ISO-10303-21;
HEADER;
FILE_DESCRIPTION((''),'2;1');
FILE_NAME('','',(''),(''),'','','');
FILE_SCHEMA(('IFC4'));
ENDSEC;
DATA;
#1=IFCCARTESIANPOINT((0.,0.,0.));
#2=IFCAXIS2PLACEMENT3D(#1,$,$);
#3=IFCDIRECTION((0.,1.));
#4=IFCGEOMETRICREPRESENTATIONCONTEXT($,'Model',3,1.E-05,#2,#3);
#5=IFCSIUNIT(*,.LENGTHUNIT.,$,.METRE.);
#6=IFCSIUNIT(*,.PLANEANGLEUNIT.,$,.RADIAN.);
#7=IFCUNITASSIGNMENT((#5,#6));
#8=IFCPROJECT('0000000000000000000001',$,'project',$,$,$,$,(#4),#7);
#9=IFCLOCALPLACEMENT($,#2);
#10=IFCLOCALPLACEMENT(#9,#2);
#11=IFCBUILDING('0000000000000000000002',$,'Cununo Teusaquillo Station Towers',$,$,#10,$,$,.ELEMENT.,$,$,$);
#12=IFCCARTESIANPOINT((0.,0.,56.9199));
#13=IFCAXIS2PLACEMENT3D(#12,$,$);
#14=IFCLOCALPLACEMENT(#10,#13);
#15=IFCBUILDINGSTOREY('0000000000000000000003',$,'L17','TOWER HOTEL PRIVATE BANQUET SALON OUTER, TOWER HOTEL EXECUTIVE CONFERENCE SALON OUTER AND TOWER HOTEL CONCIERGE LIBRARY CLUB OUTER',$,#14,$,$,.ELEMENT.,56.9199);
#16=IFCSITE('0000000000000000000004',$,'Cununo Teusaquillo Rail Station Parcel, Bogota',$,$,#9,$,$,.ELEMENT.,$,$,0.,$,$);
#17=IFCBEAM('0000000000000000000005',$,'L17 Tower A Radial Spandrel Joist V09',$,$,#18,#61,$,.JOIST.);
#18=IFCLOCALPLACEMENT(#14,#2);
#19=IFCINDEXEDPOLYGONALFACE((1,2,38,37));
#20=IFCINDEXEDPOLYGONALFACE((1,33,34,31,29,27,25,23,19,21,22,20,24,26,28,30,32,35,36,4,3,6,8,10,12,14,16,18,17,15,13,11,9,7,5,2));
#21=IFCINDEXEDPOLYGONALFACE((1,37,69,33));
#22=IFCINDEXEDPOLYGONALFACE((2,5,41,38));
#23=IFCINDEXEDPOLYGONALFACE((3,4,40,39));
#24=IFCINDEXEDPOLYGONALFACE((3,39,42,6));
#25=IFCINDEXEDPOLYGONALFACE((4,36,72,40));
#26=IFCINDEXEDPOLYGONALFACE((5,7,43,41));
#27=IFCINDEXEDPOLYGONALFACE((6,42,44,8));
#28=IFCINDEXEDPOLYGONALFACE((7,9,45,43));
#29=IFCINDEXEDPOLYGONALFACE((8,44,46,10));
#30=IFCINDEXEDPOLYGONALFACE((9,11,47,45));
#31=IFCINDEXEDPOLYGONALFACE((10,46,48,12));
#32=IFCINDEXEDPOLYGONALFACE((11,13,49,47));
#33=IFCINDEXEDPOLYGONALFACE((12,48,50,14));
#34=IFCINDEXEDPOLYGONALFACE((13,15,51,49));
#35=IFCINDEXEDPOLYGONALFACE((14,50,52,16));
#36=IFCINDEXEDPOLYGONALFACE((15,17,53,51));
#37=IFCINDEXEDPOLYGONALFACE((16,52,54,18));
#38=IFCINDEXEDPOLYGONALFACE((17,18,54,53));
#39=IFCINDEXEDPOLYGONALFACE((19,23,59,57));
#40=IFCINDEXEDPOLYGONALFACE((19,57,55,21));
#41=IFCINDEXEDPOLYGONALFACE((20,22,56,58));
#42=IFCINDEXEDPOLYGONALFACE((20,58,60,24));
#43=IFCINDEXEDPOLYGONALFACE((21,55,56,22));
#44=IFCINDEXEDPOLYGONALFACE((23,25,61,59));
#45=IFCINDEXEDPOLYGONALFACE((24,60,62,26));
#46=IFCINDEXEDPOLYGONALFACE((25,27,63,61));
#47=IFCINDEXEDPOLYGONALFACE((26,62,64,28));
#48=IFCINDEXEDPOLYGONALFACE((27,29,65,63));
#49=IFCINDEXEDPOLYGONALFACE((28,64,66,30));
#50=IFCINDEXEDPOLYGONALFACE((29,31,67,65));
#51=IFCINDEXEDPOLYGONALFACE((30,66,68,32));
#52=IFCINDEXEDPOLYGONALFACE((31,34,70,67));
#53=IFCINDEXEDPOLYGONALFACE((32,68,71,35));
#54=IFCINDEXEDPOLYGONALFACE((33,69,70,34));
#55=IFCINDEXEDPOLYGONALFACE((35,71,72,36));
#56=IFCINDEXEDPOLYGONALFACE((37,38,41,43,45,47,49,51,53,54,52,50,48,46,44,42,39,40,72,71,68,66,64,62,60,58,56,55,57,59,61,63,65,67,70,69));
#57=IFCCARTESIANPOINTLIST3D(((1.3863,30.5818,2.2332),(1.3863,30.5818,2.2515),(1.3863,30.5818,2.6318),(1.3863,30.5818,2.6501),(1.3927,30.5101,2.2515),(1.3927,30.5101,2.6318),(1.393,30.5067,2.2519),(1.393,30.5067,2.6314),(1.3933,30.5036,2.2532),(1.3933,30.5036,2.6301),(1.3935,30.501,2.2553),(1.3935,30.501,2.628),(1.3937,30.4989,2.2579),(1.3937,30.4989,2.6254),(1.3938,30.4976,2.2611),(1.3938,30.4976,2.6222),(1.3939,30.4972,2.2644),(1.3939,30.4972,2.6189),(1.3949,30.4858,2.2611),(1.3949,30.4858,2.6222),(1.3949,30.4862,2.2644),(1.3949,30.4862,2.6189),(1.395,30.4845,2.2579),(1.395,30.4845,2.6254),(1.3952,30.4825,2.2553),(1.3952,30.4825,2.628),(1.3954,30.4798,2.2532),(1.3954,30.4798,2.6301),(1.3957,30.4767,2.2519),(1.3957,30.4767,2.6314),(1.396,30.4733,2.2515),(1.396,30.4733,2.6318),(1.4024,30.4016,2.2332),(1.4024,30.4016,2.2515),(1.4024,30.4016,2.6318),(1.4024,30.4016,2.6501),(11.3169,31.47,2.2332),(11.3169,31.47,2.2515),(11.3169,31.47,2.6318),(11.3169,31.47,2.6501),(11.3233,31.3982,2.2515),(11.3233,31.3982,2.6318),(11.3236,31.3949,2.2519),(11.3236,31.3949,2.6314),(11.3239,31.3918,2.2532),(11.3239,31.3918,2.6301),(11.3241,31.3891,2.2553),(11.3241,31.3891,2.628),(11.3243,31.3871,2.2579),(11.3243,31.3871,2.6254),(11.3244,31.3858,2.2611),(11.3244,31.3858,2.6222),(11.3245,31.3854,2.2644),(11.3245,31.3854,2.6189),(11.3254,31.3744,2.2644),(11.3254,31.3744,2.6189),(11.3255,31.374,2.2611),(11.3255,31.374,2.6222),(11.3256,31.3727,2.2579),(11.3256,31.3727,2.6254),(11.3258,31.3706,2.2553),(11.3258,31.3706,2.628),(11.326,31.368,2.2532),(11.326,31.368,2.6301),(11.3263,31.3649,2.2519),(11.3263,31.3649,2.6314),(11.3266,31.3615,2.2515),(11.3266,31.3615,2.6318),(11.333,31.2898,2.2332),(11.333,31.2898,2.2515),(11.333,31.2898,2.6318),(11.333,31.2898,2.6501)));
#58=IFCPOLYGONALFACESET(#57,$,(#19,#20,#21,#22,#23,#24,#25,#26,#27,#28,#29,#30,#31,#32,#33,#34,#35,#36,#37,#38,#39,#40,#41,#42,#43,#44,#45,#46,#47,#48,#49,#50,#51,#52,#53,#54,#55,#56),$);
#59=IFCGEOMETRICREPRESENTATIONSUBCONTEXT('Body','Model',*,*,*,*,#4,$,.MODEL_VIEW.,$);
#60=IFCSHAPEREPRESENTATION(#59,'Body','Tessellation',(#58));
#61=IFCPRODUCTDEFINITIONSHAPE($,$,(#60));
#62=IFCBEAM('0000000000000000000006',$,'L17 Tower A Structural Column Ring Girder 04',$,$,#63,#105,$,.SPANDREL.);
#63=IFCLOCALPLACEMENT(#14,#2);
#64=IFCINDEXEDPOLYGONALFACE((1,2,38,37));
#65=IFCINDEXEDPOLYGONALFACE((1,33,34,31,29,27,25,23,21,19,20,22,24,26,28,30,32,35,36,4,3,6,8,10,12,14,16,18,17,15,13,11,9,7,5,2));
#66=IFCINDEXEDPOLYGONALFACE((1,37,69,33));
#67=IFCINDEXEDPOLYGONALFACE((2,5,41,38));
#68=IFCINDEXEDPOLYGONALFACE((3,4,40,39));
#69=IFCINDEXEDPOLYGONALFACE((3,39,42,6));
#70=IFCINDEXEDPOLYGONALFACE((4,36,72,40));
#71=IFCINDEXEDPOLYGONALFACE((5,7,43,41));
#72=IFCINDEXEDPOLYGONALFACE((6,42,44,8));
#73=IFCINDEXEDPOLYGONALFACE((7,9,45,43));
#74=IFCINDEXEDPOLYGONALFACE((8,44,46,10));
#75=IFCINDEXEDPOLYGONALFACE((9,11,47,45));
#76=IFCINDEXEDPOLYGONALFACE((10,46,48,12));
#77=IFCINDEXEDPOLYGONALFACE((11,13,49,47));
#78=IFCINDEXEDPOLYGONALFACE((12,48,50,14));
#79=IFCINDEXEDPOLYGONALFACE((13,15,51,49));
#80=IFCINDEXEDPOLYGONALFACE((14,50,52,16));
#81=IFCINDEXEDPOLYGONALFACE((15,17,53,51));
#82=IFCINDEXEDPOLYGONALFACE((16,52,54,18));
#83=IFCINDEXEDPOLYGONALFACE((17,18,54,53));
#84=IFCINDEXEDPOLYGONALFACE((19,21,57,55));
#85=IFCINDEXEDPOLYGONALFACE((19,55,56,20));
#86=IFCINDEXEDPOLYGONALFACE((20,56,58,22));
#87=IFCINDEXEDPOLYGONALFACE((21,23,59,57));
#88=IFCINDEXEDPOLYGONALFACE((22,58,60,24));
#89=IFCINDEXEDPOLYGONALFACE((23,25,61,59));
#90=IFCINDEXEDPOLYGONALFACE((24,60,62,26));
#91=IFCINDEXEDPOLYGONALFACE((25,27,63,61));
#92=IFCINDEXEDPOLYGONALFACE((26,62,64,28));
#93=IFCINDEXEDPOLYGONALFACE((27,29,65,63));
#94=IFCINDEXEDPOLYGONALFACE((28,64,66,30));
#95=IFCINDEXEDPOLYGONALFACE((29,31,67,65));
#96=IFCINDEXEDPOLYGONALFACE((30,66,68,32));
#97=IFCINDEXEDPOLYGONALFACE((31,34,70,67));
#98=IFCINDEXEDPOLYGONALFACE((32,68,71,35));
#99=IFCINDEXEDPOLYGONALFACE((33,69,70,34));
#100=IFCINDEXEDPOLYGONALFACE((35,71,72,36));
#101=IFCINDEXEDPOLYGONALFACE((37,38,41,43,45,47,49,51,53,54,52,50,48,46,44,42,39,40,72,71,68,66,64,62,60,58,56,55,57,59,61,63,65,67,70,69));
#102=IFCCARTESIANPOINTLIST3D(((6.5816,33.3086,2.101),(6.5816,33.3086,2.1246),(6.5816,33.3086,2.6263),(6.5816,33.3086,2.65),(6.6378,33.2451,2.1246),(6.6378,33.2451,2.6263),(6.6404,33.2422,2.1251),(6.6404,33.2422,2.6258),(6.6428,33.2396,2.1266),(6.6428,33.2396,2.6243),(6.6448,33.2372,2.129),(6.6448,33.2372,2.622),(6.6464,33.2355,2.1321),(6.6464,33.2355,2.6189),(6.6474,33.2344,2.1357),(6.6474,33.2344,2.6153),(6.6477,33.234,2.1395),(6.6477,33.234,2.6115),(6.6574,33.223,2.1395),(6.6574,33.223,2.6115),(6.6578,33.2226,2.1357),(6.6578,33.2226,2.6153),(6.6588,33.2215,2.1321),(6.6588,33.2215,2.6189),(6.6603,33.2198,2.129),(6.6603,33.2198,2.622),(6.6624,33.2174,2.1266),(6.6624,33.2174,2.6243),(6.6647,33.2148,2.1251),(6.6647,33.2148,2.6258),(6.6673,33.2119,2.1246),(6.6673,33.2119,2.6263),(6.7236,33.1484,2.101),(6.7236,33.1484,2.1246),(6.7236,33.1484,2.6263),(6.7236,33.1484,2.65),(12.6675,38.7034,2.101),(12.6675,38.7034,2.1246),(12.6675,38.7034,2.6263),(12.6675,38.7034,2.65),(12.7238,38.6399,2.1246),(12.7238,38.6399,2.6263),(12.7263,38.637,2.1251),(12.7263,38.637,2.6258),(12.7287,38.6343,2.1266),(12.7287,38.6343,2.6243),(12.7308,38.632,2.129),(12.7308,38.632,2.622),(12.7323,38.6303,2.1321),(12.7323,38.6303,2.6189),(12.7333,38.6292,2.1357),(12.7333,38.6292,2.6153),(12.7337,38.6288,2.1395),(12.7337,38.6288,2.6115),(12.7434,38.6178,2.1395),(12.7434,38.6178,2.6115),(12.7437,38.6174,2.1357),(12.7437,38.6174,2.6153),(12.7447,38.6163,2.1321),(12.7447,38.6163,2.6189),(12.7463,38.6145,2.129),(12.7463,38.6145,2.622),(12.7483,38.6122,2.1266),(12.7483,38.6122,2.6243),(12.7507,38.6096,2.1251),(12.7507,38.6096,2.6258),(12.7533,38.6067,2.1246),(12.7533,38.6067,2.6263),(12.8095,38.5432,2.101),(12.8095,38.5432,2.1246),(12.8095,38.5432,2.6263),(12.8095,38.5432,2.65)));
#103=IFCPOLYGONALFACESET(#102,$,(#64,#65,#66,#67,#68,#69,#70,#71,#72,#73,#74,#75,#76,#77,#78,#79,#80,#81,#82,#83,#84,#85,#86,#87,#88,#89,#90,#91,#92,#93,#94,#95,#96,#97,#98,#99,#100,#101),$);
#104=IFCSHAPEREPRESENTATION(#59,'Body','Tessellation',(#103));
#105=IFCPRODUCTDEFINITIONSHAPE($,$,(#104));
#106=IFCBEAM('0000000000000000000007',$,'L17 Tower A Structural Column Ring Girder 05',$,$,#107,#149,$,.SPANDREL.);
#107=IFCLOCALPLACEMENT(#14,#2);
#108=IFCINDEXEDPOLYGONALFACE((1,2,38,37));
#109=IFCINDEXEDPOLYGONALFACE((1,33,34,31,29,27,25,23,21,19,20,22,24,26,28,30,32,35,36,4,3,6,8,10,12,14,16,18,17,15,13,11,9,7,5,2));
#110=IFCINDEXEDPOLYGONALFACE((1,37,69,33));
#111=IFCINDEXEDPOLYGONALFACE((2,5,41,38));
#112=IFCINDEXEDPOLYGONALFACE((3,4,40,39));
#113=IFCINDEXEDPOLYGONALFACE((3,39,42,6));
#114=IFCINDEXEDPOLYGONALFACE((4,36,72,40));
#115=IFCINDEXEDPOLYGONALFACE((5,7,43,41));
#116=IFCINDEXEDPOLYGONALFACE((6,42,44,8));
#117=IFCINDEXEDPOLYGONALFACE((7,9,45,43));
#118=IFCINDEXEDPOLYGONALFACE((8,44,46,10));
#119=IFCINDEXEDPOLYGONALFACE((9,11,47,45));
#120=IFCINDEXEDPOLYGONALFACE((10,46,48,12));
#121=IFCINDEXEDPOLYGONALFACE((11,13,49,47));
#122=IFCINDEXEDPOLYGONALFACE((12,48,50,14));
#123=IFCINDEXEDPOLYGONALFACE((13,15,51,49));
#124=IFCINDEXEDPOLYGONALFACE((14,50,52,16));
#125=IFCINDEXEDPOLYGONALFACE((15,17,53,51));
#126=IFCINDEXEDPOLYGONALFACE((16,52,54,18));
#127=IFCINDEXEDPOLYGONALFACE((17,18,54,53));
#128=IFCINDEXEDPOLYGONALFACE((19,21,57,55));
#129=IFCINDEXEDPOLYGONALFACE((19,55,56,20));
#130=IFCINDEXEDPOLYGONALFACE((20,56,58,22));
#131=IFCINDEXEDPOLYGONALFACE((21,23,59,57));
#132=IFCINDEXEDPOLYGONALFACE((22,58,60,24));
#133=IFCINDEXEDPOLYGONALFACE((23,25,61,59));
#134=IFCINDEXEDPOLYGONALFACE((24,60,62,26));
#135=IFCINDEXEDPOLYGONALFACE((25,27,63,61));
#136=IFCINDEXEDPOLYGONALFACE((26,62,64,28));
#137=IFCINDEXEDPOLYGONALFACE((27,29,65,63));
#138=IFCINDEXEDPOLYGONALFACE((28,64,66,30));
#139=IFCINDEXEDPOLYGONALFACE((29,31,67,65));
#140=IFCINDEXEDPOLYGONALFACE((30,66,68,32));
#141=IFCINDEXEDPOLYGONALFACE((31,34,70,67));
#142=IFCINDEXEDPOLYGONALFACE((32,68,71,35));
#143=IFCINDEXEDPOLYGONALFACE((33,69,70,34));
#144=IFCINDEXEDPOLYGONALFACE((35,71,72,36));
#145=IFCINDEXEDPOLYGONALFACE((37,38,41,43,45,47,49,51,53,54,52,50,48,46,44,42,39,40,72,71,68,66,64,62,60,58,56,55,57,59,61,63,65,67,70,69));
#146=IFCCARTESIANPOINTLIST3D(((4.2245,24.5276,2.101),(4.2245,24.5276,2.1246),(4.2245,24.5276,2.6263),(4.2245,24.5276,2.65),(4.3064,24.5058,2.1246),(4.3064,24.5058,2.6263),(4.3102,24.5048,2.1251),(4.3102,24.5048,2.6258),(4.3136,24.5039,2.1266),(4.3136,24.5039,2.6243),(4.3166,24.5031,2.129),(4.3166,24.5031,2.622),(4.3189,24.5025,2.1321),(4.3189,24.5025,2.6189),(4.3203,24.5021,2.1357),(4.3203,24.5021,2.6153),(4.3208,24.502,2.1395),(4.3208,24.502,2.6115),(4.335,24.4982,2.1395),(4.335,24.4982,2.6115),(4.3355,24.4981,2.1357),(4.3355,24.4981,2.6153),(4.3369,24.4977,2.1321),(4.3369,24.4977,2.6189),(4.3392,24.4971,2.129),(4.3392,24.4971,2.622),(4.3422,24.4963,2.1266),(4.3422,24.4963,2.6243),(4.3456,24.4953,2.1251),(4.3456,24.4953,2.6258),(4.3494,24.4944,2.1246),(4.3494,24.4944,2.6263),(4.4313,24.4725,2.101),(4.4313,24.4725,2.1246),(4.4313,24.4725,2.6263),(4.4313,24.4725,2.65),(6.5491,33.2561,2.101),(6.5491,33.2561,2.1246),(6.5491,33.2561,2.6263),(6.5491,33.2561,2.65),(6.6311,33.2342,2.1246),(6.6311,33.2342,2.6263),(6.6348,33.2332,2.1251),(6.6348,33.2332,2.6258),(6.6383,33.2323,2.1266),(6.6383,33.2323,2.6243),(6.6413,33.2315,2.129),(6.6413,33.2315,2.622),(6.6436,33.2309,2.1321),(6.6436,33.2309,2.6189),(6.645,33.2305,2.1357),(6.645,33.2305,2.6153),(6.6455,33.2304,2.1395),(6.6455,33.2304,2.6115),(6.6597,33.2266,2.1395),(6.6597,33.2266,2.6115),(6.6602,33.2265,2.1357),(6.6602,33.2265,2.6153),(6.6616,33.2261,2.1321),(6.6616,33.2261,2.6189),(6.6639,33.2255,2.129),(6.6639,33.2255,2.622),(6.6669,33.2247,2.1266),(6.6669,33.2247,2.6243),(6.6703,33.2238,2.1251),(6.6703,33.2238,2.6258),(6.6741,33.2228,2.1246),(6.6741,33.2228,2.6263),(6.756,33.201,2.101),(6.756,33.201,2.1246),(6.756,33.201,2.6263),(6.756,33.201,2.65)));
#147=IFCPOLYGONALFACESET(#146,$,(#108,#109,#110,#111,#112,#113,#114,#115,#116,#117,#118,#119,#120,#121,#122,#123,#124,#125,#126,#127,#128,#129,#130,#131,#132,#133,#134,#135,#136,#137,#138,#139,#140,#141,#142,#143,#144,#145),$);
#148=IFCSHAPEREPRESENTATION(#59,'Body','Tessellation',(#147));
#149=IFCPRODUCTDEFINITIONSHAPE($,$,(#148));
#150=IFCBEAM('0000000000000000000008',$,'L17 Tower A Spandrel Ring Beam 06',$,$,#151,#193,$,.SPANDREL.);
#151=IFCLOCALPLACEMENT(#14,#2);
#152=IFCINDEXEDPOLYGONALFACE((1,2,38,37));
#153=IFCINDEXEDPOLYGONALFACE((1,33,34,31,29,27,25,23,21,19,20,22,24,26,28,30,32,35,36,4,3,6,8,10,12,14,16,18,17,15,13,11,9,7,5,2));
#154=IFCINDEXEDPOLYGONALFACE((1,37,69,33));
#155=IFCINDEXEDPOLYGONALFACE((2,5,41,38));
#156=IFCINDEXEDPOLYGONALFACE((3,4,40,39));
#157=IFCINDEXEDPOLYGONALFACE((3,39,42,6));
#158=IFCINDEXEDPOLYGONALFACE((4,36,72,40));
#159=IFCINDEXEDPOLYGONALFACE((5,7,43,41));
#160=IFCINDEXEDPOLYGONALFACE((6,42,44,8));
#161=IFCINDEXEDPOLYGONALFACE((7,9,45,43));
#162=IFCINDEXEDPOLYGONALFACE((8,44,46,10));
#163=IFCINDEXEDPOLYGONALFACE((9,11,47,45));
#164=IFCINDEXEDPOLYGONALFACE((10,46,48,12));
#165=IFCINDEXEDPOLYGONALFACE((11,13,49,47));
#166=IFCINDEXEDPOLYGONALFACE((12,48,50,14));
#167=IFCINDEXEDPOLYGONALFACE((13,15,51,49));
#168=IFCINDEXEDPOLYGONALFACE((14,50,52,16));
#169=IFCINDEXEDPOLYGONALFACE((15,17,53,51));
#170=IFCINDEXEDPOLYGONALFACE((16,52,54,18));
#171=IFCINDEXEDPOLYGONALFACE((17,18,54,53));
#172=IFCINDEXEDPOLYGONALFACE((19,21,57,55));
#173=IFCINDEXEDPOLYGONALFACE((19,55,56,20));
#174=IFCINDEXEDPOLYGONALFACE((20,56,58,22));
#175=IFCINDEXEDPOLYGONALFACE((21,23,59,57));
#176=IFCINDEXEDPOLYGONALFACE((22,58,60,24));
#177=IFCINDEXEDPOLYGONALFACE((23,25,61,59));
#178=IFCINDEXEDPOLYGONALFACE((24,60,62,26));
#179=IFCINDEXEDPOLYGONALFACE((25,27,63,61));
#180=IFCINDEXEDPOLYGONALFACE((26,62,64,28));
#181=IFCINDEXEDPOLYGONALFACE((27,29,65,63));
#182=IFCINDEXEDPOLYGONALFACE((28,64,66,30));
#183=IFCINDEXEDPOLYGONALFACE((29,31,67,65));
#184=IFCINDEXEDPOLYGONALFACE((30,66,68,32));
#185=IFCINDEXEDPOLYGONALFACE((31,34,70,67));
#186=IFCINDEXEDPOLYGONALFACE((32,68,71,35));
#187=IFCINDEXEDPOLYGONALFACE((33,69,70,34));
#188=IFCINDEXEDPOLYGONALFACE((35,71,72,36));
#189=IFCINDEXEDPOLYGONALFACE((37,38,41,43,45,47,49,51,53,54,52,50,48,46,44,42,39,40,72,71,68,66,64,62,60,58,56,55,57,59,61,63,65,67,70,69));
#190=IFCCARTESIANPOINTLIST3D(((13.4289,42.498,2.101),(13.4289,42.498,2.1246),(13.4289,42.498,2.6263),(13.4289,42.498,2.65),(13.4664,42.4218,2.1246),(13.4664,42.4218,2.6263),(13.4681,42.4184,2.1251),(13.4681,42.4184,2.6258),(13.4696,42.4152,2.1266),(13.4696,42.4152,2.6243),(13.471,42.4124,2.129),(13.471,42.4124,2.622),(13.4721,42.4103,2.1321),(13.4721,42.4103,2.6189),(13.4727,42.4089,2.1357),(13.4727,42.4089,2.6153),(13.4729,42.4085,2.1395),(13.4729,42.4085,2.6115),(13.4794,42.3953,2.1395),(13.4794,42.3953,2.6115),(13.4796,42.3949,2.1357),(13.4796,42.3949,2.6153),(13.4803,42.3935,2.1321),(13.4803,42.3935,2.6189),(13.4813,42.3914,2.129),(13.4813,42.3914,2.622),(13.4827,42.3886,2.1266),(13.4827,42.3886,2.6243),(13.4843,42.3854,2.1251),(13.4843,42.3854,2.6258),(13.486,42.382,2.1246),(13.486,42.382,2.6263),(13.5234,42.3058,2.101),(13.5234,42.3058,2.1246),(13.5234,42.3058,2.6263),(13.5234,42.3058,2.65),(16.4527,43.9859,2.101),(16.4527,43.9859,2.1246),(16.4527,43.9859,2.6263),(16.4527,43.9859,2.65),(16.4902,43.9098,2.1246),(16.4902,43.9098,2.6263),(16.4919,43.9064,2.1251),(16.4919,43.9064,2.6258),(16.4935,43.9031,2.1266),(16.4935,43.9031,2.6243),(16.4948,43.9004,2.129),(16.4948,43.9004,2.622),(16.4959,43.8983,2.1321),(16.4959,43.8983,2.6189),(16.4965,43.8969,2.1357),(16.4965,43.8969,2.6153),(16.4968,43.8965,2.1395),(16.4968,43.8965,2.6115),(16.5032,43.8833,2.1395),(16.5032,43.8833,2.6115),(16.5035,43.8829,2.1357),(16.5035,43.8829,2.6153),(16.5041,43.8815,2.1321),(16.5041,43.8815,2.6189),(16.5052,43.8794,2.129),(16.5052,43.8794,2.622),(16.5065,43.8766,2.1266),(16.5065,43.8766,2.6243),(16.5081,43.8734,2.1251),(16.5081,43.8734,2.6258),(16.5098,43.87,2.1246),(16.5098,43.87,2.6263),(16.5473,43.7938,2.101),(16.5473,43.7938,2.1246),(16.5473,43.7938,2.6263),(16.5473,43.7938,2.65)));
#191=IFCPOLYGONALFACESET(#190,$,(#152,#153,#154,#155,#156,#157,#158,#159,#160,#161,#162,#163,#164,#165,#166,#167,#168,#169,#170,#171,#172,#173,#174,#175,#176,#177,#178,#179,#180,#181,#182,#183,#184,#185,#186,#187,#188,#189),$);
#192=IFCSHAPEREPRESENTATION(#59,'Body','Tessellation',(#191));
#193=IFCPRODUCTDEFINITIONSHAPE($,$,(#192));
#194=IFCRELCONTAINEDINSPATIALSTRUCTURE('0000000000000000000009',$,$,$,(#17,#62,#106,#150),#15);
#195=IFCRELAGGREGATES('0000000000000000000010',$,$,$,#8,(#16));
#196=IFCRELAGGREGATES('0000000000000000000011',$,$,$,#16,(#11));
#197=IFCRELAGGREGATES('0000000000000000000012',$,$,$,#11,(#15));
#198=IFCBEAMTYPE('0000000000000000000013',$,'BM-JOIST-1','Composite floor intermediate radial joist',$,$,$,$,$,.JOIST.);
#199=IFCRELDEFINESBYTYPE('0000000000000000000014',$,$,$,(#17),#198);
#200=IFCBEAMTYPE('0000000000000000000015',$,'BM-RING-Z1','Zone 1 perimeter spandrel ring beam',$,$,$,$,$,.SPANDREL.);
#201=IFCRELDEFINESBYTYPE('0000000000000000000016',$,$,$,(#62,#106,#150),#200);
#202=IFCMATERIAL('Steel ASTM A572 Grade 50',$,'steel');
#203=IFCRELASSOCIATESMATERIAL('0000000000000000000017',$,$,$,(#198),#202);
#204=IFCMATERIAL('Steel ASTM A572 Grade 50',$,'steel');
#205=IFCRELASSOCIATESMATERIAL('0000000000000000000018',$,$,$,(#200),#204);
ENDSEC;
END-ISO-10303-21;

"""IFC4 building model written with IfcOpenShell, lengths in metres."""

from ifc_helpers import new_model, si_unit, direction, frame, origin, origin_2d, place, context, subcontext, project, spatial, i_section, extrude, material, material_profile, profile_set, type_object, element, save


model = new_model("IFC4")

# Units and contexts
model_context = context("Model", 3, precision=1e-05, world=origin(), true_north=direction((0.0, 1.0)))
body_context = subcontext(model_context, "Body", "Model", "MODEL_VIEW")
ifc_project = project(units=[si_unit("LENGTHUNIT", "METRE"), si_unit("PLANEANGLEUNIT", "RADIAN")], contexts=[model_context])

# Site, building, storey
site_placement = place(None, origin())
site = spatial("IfcSite", under=ifc_project, at=site_placement, Name="Cununo Teusaquillo Rail Station Parcel, Bogota", CompositionType="ELEMENT", RefElevation=0.0)
building_placement = place(site_placement, origin())
building = spatial("IfcBuilding", under=site, at=building_placement, Name="Cununo Teusaquillo Station Towers", CompositionType="ELEMENT")
storey_placement = place(building_placement, frame((0.0, 0.0, 56.9199)))
storey = spatial("IfcBuildingStorey", under=building, at=storey_placement, Name="L17", Description="TOWER HOTEL PRIVATE BANQUET SALON OUTER, TOWER HOTEL EXECUTIVE CONFERENCE SALON OUTER AND TOWER HOTEL CONCIERGE LIBRARY CLUB OUTER", CompositionType="ELEMENT", Elevation=56.9199)

# Beams
ifc_material_1 = material(Name="Steel ASTM A572 Grade 50", Category="steel")
ifc_material_profile_1 = material_profile(ifc_material_1, i_section(OverallWidth=0.1809, OverallDepth=0.417, WebThickness=0.011, FlangeThickness=0.0183, FilletRadius=0.0129, at=origin_2d()), Name="W16X57")
ifc_profile_set_1 = profile_set([ifc_material_profile_1], Name="Steel ASTM A572 Grade 50")
beam_type_1 = type_object("IfcBeamType", Name="BM-JOIST-1", Description="Composite floor intermediate radial joist", PredefinedType="JOIST", material=ifc_profile_set_1)
beam_1_placement = place(storey_placement, frame((11.325, 31.3799, 2.4417), z_axis=(-0.996024, -0.089083, 0.0), x_axis=(0.089083, -0.996024, 0.0)))
element("IfcBeam", 1, at=beam_1_placement, inside=storey, type_object=beam_type_1, Name="L17 Tower A Radial Spandrel Joist V09", PredefinedType="JOIST", context=body_context, shape_type="SweptSolid", body=[
    extrude(i_section(OverallWidth=0.1809, OverallDepth=0.417, WebThickness=0.011, FlangeThickness=0.0183, FilletRadius=0.0129, at=origin_2d()), origin(), (0.0, 0.0, 1.0), 9.9702),
])
ifc_material_2 = material(Name="Steel ASTM A572 Grade 50", Category="steel")
ifc_material_profile_2 = material_profile(ifc_material_2, i_section(OverallWidth=0.2141, OverallDepth=0.5491, WebThickness=0.0146, FlangeThickness=0.0237, FilletRadius=0.0149, at=origin_2d()), Name="W21X93")
ifc_profile_set_2 = profile_set([ifc_material_profile_2], Name="Steel ASTM A572 Grade 50")
beam_type_2 = type_object("IfcBeamType", Name="BM-RING-Z1", Description="Zone 1 perimeter spandrel ring beam", PredefinedType="SPANDREL", material=ifc_profile_set_2)
beam_2_placement = place(storey_placement, frame((12.7385, 38.6233, 2.3755), z_axis=(-0.748321, -0.663337, 0.0), x_axis=(0.663337, -0.748321, 0.0)))
element("IfcBeam", 2, at=beam_2_placement, inside=storey, type_object=beam_type_2, Name="L17 Tower A Structural Column Ring Girder 04", PredefinedType="SPANDREL", context=body_context, shape_type="SweptSolid", body=[
    extrude(i_section(OverallWidth=0.2141, OverallDepth=0.5491, WebThickness=0.0146, FlangeThickness=0.0237, FilletRadius=0.0149, at=origin_2d()), origin(), (0.0, 0.0, 1.0), 8.1328),
])
beam_3_placement = place(storey_placement, frame((6.6526, 33.2285, 2.3755), z_axis=(-0.257363, -0.966315, 0.0), x_axis=(0.966315, -0.257363, 0.0)))
element("IfcBeam", 3, at=beam_3_placement, inside=storey, type_object=beam_type_2, Name="L17 Tower A Structural Column Ring Girder 05", PredefinedType="SPANDREL", context=body_context, shape_type="SweptSolid", body=[
    extrude(i_section(OverallWidth=0.2141, OverallDepth=0.5491, WebThickness=0.0146, FlangeThickness=0.0237, FilletRadius=0.0149, at=origin_2d()), origin(), (0.0, 0.0, 1.0), 9.0327),
])
beam_4_placement = place(storey_placement, frame((16.5, 43.8899, 2.3755), z_axis=(-0.897249, -0.441525, 0.0), x_axis=(0.441525, -0.897249, 0.0)))
element("IfcBeam", 4, at=beam_4_placement, inside=storey, type_object=beam_type_2, Name="L17 Tower A Spandrel Ring Beam 06", PredefinedType="SPANDREL", context=body_context, shape_type="SweptSolid", body=[
    extrude(i_section(OverallWidth=0.2141, OverallDepth=0.5491, WebThickness=0.0146, FlangeThickness=0.0237, FilletRadius=0.0149, at=origin_2d()), origin(), (0.0, 0.0, 1.0), 3.3701),
])

save(model, "model.ifc")
